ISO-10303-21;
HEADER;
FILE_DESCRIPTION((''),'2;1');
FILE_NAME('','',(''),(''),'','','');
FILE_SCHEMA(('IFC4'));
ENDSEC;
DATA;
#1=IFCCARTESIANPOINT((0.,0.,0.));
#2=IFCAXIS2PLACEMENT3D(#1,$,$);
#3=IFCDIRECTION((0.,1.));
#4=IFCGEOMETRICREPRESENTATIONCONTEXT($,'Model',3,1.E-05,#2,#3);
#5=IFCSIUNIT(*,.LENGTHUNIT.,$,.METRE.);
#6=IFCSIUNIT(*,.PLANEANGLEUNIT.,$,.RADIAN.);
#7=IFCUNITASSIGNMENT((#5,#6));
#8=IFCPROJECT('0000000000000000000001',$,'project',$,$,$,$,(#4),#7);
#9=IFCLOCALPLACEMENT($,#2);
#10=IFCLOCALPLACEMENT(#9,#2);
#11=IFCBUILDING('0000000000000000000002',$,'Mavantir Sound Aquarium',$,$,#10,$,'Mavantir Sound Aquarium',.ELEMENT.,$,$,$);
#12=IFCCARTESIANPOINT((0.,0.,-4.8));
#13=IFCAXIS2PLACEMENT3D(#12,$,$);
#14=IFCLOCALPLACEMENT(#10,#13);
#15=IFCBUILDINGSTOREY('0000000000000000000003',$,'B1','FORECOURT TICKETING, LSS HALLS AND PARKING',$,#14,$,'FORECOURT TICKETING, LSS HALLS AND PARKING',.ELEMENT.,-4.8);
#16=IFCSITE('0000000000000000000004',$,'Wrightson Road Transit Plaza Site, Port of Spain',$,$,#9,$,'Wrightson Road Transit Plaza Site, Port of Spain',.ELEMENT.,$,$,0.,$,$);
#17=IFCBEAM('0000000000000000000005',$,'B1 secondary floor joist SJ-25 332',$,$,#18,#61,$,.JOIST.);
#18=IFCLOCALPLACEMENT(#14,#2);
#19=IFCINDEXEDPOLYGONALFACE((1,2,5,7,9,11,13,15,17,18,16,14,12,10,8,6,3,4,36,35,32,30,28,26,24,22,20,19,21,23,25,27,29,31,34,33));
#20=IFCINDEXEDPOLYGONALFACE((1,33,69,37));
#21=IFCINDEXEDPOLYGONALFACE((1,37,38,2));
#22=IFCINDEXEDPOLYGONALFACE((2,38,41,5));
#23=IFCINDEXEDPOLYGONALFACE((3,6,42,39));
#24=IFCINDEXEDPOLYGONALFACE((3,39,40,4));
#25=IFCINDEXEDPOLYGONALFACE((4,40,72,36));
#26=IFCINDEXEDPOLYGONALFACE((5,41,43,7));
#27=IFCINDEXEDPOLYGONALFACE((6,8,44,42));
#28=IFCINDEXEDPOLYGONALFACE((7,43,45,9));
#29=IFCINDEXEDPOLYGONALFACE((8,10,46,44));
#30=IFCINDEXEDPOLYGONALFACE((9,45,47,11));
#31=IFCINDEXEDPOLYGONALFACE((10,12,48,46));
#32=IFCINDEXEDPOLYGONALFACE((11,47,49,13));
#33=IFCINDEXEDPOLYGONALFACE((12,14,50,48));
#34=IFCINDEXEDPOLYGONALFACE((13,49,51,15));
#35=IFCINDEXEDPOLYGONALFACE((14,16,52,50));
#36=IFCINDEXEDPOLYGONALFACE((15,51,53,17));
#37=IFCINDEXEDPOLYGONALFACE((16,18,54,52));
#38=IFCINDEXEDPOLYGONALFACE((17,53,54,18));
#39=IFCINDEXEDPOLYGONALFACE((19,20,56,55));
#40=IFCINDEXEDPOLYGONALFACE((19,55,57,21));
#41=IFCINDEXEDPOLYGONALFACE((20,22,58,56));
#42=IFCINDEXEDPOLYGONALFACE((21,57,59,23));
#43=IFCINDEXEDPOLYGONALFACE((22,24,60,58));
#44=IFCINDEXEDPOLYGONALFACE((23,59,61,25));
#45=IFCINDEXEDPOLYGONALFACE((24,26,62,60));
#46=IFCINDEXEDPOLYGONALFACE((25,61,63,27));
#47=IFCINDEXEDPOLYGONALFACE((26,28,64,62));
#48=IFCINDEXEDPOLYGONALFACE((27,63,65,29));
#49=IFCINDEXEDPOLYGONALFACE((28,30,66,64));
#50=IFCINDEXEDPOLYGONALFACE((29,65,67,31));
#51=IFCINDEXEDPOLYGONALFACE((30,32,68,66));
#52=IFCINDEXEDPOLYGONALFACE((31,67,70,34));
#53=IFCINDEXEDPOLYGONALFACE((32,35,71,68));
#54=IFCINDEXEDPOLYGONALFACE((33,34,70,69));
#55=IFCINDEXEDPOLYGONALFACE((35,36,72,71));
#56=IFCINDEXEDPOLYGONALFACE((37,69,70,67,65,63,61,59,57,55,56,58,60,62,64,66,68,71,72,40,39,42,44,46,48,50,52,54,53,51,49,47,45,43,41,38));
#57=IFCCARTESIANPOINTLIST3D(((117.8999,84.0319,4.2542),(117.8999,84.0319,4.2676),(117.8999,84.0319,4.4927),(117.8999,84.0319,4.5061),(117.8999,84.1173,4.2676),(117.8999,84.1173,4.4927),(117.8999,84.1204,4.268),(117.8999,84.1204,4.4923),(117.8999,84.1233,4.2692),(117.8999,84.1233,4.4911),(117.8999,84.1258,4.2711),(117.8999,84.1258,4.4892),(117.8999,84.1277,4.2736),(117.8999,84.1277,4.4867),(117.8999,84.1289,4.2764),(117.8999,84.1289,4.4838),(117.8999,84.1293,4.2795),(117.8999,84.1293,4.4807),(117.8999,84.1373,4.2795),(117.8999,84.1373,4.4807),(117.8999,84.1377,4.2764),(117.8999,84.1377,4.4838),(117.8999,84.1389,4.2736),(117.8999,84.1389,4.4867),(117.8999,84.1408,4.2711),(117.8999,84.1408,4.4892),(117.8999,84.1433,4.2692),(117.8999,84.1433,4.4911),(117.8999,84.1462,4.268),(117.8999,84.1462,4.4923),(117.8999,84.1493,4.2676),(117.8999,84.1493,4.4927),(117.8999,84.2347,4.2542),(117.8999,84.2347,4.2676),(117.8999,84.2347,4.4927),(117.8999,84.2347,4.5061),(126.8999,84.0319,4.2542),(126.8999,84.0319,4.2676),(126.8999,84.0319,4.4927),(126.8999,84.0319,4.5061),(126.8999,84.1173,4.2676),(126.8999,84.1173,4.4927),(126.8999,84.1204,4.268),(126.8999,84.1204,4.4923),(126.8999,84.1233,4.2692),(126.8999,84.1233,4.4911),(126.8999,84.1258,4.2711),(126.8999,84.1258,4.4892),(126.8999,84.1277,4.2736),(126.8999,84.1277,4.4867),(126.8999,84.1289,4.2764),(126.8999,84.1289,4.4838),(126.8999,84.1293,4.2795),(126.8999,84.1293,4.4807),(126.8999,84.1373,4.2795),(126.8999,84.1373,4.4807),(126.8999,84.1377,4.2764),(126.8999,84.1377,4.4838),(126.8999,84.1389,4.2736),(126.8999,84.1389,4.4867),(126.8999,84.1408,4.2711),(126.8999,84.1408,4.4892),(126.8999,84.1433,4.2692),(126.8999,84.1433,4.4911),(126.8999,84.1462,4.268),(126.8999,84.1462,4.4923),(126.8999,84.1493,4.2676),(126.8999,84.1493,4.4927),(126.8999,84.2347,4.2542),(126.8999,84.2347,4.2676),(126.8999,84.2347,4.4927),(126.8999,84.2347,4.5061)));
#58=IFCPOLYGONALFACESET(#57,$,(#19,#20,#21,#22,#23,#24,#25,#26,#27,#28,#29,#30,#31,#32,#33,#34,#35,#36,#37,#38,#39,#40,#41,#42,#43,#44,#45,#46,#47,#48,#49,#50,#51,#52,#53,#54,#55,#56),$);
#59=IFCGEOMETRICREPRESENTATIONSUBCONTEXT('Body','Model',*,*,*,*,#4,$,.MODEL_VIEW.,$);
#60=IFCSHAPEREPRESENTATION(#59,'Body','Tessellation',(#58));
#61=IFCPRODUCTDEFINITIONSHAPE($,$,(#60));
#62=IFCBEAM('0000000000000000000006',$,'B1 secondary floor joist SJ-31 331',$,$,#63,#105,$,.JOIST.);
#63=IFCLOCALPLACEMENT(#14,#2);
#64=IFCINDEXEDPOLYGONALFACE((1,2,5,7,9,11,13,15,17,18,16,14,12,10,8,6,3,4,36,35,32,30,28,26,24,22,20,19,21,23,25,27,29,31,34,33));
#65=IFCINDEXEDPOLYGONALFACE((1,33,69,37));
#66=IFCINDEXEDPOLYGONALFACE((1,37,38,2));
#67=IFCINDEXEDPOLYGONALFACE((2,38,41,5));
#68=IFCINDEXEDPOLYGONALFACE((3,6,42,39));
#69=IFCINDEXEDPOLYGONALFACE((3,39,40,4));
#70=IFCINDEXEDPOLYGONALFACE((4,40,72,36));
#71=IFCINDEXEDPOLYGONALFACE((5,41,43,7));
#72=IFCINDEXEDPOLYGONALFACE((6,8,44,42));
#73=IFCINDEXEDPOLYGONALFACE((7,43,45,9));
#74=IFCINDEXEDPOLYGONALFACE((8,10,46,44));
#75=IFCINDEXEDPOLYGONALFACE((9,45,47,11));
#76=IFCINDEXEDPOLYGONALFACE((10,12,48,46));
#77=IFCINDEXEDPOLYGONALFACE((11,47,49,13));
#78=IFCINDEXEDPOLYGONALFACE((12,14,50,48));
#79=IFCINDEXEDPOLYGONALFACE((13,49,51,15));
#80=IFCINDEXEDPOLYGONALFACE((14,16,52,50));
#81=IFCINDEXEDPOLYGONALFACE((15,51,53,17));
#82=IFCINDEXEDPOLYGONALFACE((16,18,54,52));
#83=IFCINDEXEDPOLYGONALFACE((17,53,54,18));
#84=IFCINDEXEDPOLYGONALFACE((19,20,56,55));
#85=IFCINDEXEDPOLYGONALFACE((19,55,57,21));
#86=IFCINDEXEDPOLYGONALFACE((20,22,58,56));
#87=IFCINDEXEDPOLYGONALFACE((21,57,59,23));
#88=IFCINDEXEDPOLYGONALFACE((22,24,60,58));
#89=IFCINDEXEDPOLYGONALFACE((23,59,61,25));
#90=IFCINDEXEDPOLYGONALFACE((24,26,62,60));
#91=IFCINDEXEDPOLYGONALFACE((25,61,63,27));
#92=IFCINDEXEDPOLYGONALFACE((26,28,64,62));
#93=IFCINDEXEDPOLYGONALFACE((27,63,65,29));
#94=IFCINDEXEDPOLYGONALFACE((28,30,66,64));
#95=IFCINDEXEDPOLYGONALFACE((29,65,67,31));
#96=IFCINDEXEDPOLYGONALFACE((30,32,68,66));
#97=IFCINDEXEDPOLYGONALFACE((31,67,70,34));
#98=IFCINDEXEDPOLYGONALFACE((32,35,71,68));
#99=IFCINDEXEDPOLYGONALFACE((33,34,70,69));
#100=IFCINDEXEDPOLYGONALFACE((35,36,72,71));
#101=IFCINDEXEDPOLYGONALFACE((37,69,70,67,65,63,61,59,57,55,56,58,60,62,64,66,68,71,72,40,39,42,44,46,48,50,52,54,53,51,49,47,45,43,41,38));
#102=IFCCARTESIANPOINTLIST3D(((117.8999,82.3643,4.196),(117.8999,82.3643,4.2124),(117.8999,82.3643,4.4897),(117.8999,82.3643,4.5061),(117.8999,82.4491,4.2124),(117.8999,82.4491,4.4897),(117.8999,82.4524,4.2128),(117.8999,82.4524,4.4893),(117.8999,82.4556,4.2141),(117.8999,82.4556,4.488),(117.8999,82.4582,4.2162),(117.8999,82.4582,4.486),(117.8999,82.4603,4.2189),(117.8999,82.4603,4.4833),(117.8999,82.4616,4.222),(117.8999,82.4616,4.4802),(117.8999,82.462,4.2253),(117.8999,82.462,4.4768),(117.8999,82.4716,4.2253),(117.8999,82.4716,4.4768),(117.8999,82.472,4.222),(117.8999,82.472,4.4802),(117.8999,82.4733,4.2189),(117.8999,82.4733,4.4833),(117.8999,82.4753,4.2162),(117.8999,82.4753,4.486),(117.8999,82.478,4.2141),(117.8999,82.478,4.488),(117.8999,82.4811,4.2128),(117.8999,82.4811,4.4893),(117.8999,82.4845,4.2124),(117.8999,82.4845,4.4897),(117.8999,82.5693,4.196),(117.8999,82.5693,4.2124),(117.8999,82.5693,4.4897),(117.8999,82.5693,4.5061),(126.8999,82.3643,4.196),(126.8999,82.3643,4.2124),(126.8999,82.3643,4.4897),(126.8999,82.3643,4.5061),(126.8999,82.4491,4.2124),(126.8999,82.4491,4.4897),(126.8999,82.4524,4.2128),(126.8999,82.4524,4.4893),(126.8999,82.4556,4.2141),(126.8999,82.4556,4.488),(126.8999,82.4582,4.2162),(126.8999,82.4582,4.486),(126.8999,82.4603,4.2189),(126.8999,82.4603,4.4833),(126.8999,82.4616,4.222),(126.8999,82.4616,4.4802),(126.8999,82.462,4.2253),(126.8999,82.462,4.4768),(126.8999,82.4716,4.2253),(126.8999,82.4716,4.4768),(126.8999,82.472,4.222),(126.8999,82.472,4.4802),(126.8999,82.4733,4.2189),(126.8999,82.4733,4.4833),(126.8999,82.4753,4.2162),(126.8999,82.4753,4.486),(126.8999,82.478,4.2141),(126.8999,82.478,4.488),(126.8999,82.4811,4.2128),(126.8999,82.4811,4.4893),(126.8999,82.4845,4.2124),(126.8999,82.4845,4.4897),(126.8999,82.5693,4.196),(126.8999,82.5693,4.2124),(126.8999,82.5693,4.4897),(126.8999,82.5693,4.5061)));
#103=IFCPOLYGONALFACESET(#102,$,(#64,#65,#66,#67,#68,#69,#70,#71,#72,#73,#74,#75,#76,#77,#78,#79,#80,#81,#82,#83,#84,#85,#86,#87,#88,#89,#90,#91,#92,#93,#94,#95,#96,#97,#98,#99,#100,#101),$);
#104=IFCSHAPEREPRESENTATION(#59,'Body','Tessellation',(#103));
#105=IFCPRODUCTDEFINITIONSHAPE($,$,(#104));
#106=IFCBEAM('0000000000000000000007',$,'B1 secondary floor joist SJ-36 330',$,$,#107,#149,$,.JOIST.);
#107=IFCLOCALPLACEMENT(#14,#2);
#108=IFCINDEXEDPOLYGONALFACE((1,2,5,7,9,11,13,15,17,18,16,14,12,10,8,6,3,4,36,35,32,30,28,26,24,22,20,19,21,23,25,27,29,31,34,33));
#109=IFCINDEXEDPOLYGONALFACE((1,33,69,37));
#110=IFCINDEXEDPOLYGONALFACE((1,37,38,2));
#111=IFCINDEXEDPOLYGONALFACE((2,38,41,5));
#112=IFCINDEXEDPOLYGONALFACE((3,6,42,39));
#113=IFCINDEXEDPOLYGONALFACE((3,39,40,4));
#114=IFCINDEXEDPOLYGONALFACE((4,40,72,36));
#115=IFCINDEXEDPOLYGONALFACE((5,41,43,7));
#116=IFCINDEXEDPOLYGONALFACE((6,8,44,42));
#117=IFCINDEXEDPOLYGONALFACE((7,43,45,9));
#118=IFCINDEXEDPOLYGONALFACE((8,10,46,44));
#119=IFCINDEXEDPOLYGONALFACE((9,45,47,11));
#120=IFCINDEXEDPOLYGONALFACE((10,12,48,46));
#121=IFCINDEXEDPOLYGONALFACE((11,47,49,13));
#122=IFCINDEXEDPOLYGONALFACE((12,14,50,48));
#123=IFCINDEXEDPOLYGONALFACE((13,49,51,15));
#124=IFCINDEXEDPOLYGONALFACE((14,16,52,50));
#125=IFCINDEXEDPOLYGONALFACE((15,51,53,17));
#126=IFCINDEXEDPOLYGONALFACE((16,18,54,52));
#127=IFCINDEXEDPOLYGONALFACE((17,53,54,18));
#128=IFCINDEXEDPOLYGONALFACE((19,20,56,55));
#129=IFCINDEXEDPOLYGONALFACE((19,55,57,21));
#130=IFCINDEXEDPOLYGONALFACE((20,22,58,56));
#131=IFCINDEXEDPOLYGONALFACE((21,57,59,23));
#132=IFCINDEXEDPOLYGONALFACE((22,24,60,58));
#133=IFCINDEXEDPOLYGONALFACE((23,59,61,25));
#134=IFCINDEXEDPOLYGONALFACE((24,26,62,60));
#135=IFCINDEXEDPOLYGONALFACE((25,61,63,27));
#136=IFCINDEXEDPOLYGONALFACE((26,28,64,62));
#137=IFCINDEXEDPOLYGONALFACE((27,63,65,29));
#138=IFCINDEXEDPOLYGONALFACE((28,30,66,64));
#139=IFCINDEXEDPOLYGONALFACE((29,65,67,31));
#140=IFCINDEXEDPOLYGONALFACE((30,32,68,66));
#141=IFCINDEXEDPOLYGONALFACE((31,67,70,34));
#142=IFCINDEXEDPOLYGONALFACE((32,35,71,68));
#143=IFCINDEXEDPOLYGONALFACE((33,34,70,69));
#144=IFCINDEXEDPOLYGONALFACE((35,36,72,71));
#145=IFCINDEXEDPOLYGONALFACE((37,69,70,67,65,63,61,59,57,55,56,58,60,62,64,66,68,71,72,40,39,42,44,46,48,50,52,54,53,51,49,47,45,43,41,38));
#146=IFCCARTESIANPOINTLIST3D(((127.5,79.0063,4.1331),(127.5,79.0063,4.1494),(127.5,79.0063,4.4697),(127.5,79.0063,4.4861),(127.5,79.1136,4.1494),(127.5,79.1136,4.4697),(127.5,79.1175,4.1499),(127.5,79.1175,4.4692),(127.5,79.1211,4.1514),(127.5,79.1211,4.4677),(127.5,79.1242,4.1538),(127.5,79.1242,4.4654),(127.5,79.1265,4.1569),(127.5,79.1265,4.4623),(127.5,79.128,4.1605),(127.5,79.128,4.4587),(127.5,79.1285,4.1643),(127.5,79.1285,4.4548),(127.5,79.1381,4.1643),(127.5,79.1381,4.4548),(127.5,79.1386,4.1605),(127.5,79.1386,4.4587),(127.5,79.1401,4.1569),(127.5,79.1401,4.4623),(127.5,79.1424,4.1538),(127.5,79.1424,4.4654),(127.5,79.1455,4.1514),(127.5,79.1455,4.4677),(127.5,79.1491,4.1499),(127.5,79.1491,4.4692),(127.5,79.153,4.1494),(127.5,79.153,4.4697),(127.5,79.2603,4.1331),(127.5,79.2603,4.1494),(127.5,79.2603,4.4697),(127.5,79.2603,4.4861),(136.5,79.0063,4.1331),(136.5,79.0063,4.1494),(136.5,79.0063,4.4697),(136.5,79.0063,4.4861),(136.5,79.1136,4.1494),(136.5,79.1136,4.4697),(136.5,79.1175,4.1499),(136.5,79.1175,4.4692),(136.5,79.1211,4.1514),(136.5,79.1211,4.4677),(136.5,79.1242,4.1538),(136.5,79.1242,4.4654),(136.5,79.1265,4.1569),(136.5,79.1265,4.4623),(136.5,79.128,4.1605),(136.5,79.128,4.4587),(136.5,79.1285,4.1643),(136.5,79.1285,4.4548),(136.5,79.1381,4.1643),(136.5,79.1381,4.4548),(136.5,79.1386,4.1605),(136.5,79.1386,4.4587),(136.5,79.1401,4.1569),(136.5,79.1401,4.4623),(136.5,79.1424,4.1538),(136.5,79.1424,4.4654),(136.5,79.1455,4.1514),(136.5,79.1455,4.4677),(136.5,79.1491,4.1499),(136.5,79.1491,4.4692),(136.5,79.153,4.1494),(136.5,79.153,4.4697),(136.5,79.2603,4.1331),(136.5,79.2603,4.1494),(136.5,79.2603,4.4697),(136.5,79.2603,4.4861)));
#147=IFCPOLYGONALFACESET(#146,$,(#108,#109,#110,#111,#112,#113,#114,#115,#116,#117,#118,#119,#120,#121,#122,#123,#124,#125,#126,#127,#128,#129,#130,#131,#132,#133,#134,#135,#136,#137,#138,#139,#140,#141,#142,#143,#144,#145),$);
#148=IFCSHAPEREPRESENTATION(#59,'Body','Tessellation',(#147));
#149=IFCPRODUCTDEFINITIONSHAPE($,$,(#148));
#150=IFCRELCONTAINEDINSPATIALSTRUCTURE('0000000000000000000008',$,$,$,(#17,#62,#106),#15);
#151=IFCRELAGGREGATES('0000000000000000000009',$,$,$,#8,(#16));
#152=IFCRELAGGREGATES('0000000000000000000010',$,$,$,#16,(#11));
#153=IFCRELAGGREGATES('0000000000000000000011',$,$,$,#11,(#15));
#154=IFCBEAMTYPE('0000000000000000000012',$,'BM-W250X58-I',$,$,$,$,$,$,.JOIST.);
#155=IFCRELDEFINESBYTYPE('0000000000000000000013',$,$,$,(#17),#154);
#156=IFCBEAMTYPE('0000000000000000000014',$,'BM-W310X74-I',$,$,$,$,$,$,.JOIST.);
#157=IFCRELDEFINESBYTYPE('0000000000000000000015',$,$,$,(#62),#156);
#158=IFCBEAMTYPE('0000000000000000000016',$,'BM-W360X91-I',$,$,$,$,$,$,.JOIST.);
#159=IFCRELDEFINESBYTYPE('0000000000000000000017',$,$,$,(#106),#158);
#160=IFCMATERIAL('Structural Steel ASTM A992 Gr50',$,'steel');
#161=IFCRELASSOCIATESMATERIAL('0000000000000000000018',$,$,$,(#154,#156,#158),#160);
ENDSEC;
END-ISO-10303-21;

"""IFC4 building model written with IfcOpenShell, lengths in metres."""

from ifc_helpers import new_model, si_unit, direction, frame, origin, origin_2d, place, context, subcontext, project, spatial, i_section, extrude, material, material_profile, profile_set, type_object, element, save


model = new_model("IFC4")

# Units and contexts
model_context = context("Model", 3, precision=1e-05, world=origin(), true_north=direction((0.0, 1.0)))
body_context = subcontext(model_context, "Body", "Model", "MODEL_VIEW")
ifc_project = project(units=[si_unit("LENGTHUNIT", "METRE"), si_unit("PLANEANGLEUNIT", "RADIAN")], contexts=[model_context])

# Site, building, storey
site_placement = place(None, origin())
site = spatial("IfcSite", under=ifc_project, at=site_placement, Name="Wrightson Road Transit Plaza Site, Port of Spain", LongName="Wrightson Road Transit Plaza Site, Port of Spain", CompositionType="ELEMENT", RefElevation=0.0)
building_placement = place(site_placement, origin())
building = spatial("IfcBuilding", under=site, at=building_placement, Name="Mavantir Sound Aquarium", LongName="Mavantir Sound Aquarium", CompositionType="ELEMENT")
storey_placement = place(building_placement, frame((0.0, 0.0, -4.8)))
storey = spatial("IfcBuildingStorey", under=building, at=storey_placement, Name="B1", Description="FORECOURT TICKETING, LSS HALLS AND PARKING", LongName="FORECOURT TICKETING, LSS HALLS AND PARKING", CompositionType="ELEMENT", Elevation=-4.8)

# Beams
ifc_material_1 = material(Name="Structural Steel ASTM A992 Gr50", Category="steel")
ifc_material_profile_1 = material_profile(ifc_material_1, i_section(OverallWidth=0.2029, OverallDepth=0.252, WebThickness=0.0081, FlangeThickness=0.0134, FilletRadius=0.012, at=origin_2d()), Name="W250X58")
ifc_profile_set_1 = profile_set([ifc_material_profile_1], Name="Structural Steel ASTM A992 Gr50")
beam_type_1 = type_object("IfcBeamType", Name="BM-W250X58-I", PredefinedType="JOIST", material=ifc_profile_set_1)
beam_1_placement = place(storey_placement, frame((117.8999, 84.1333, 4.3801), z_axis=(1.0, 0.0, 0.0), x_axis=(0.0, 1.0, 0.0)))
element("IfcBeam", 1, at=beam_1_placement, inside=storey, type_object=beam_type_1, Name="B1 secondary floor joist SJ-25 332", PredefinedType="JOIST", context=body_context, shape_type="SweptSolid", body=[
    extrude(i_section(OverallWidth=0.2029, OverallDepth=0.252, WebThickness=0.0081, FlangeThickness=0.0134, FilletRadius=0.012, at=origin_2d()), origin(), (0.0, 0.0, 1.0), 9.0),
])
ifc_material_profile_2 = material_profile(ifc_material_1, i_section(OverallWidth=0.2051, OverallDepth=0.3101, WebThickness=0.0095, FlangeThickness=0.0164, FilletRadius=0.0129, at=origin_2d()), Name="W310X74")
ifc_profile_set_2 = profile_set([ifc_material_profile_2], Name="Structural Steel ASTM A992 Gr50")
beam_type_2 = type_object("IfcBeamType", Name="BM-W310X74-I", PredefinedType="JOIST", material=ifc_profile_set_2)
beam_2_placement = place(storey_placement, frame((117.8999, 82.4668, 4.3511), z_axis=(1.0, 0.0, 0.0), x_axis=(0.0, 1.0, 0.0)))
element("IfcBeam", 2, at=beam_2_placement, inside=storey, type_object=beam_type_2, Name="B1 secondary floor joist SJ-31 331", PredefinedType="JOIST", context=body_context, shape_type="SweptSolid", body=[
    extrude(i_section(OverallWidth=0.2051, OverallDepth=0.3101, WebThickness=0.0095, FlangeThickness=0.0164, FilletRadius=0.0129, at=origin_2d()), origin(), (0.0, 0.0, 1.0), 9.0),
])
ifc_material_profile_3 = material_profile(ifc_material_1, i_section(OverallWidth=0.2539, OverallDepth=0.353, WebThickness=0.0095, FlangeThickness=0.0164, FilletRadius=0.0149, at=origin_2d()), Name="W360X91")
ifc_profile_set_3 = profile_set([ifc_material_profile_3], Name="Structural Steel ASTM A992 Gr50")
beam_type_3 = type_object("IfcBeamType", Name="BM-W360X91-I", PredefinedType="JOIST", material=ifc_profile_set_3)
beam_3_placement = place(storey_placement, frame((127.5, 79.1333, 4.3096), z_axis=(1.0, 0.0, 0.0), x_axis=(0.0, 1.0, 0.0)))
element("IfcBeam", 3, at=beam_3_placement, inside=storey, type_object=beam_type_3, Name="B1 secondary floor joist SJ-36 330", PredefinedType="JOIST", context=body_context, shape_type="SweptSolid", body=[
    extrude(i_section(OverallWidth=0.2539, OverallDepth=0.353, WebThickness=0.0095, FlangeThickness=0.0164, FilletRadius=0.0149, at=origin_2d()), origin(), (0.0, 0.0, 1.0), 9.0),
])

save(model, "model.ifc")
